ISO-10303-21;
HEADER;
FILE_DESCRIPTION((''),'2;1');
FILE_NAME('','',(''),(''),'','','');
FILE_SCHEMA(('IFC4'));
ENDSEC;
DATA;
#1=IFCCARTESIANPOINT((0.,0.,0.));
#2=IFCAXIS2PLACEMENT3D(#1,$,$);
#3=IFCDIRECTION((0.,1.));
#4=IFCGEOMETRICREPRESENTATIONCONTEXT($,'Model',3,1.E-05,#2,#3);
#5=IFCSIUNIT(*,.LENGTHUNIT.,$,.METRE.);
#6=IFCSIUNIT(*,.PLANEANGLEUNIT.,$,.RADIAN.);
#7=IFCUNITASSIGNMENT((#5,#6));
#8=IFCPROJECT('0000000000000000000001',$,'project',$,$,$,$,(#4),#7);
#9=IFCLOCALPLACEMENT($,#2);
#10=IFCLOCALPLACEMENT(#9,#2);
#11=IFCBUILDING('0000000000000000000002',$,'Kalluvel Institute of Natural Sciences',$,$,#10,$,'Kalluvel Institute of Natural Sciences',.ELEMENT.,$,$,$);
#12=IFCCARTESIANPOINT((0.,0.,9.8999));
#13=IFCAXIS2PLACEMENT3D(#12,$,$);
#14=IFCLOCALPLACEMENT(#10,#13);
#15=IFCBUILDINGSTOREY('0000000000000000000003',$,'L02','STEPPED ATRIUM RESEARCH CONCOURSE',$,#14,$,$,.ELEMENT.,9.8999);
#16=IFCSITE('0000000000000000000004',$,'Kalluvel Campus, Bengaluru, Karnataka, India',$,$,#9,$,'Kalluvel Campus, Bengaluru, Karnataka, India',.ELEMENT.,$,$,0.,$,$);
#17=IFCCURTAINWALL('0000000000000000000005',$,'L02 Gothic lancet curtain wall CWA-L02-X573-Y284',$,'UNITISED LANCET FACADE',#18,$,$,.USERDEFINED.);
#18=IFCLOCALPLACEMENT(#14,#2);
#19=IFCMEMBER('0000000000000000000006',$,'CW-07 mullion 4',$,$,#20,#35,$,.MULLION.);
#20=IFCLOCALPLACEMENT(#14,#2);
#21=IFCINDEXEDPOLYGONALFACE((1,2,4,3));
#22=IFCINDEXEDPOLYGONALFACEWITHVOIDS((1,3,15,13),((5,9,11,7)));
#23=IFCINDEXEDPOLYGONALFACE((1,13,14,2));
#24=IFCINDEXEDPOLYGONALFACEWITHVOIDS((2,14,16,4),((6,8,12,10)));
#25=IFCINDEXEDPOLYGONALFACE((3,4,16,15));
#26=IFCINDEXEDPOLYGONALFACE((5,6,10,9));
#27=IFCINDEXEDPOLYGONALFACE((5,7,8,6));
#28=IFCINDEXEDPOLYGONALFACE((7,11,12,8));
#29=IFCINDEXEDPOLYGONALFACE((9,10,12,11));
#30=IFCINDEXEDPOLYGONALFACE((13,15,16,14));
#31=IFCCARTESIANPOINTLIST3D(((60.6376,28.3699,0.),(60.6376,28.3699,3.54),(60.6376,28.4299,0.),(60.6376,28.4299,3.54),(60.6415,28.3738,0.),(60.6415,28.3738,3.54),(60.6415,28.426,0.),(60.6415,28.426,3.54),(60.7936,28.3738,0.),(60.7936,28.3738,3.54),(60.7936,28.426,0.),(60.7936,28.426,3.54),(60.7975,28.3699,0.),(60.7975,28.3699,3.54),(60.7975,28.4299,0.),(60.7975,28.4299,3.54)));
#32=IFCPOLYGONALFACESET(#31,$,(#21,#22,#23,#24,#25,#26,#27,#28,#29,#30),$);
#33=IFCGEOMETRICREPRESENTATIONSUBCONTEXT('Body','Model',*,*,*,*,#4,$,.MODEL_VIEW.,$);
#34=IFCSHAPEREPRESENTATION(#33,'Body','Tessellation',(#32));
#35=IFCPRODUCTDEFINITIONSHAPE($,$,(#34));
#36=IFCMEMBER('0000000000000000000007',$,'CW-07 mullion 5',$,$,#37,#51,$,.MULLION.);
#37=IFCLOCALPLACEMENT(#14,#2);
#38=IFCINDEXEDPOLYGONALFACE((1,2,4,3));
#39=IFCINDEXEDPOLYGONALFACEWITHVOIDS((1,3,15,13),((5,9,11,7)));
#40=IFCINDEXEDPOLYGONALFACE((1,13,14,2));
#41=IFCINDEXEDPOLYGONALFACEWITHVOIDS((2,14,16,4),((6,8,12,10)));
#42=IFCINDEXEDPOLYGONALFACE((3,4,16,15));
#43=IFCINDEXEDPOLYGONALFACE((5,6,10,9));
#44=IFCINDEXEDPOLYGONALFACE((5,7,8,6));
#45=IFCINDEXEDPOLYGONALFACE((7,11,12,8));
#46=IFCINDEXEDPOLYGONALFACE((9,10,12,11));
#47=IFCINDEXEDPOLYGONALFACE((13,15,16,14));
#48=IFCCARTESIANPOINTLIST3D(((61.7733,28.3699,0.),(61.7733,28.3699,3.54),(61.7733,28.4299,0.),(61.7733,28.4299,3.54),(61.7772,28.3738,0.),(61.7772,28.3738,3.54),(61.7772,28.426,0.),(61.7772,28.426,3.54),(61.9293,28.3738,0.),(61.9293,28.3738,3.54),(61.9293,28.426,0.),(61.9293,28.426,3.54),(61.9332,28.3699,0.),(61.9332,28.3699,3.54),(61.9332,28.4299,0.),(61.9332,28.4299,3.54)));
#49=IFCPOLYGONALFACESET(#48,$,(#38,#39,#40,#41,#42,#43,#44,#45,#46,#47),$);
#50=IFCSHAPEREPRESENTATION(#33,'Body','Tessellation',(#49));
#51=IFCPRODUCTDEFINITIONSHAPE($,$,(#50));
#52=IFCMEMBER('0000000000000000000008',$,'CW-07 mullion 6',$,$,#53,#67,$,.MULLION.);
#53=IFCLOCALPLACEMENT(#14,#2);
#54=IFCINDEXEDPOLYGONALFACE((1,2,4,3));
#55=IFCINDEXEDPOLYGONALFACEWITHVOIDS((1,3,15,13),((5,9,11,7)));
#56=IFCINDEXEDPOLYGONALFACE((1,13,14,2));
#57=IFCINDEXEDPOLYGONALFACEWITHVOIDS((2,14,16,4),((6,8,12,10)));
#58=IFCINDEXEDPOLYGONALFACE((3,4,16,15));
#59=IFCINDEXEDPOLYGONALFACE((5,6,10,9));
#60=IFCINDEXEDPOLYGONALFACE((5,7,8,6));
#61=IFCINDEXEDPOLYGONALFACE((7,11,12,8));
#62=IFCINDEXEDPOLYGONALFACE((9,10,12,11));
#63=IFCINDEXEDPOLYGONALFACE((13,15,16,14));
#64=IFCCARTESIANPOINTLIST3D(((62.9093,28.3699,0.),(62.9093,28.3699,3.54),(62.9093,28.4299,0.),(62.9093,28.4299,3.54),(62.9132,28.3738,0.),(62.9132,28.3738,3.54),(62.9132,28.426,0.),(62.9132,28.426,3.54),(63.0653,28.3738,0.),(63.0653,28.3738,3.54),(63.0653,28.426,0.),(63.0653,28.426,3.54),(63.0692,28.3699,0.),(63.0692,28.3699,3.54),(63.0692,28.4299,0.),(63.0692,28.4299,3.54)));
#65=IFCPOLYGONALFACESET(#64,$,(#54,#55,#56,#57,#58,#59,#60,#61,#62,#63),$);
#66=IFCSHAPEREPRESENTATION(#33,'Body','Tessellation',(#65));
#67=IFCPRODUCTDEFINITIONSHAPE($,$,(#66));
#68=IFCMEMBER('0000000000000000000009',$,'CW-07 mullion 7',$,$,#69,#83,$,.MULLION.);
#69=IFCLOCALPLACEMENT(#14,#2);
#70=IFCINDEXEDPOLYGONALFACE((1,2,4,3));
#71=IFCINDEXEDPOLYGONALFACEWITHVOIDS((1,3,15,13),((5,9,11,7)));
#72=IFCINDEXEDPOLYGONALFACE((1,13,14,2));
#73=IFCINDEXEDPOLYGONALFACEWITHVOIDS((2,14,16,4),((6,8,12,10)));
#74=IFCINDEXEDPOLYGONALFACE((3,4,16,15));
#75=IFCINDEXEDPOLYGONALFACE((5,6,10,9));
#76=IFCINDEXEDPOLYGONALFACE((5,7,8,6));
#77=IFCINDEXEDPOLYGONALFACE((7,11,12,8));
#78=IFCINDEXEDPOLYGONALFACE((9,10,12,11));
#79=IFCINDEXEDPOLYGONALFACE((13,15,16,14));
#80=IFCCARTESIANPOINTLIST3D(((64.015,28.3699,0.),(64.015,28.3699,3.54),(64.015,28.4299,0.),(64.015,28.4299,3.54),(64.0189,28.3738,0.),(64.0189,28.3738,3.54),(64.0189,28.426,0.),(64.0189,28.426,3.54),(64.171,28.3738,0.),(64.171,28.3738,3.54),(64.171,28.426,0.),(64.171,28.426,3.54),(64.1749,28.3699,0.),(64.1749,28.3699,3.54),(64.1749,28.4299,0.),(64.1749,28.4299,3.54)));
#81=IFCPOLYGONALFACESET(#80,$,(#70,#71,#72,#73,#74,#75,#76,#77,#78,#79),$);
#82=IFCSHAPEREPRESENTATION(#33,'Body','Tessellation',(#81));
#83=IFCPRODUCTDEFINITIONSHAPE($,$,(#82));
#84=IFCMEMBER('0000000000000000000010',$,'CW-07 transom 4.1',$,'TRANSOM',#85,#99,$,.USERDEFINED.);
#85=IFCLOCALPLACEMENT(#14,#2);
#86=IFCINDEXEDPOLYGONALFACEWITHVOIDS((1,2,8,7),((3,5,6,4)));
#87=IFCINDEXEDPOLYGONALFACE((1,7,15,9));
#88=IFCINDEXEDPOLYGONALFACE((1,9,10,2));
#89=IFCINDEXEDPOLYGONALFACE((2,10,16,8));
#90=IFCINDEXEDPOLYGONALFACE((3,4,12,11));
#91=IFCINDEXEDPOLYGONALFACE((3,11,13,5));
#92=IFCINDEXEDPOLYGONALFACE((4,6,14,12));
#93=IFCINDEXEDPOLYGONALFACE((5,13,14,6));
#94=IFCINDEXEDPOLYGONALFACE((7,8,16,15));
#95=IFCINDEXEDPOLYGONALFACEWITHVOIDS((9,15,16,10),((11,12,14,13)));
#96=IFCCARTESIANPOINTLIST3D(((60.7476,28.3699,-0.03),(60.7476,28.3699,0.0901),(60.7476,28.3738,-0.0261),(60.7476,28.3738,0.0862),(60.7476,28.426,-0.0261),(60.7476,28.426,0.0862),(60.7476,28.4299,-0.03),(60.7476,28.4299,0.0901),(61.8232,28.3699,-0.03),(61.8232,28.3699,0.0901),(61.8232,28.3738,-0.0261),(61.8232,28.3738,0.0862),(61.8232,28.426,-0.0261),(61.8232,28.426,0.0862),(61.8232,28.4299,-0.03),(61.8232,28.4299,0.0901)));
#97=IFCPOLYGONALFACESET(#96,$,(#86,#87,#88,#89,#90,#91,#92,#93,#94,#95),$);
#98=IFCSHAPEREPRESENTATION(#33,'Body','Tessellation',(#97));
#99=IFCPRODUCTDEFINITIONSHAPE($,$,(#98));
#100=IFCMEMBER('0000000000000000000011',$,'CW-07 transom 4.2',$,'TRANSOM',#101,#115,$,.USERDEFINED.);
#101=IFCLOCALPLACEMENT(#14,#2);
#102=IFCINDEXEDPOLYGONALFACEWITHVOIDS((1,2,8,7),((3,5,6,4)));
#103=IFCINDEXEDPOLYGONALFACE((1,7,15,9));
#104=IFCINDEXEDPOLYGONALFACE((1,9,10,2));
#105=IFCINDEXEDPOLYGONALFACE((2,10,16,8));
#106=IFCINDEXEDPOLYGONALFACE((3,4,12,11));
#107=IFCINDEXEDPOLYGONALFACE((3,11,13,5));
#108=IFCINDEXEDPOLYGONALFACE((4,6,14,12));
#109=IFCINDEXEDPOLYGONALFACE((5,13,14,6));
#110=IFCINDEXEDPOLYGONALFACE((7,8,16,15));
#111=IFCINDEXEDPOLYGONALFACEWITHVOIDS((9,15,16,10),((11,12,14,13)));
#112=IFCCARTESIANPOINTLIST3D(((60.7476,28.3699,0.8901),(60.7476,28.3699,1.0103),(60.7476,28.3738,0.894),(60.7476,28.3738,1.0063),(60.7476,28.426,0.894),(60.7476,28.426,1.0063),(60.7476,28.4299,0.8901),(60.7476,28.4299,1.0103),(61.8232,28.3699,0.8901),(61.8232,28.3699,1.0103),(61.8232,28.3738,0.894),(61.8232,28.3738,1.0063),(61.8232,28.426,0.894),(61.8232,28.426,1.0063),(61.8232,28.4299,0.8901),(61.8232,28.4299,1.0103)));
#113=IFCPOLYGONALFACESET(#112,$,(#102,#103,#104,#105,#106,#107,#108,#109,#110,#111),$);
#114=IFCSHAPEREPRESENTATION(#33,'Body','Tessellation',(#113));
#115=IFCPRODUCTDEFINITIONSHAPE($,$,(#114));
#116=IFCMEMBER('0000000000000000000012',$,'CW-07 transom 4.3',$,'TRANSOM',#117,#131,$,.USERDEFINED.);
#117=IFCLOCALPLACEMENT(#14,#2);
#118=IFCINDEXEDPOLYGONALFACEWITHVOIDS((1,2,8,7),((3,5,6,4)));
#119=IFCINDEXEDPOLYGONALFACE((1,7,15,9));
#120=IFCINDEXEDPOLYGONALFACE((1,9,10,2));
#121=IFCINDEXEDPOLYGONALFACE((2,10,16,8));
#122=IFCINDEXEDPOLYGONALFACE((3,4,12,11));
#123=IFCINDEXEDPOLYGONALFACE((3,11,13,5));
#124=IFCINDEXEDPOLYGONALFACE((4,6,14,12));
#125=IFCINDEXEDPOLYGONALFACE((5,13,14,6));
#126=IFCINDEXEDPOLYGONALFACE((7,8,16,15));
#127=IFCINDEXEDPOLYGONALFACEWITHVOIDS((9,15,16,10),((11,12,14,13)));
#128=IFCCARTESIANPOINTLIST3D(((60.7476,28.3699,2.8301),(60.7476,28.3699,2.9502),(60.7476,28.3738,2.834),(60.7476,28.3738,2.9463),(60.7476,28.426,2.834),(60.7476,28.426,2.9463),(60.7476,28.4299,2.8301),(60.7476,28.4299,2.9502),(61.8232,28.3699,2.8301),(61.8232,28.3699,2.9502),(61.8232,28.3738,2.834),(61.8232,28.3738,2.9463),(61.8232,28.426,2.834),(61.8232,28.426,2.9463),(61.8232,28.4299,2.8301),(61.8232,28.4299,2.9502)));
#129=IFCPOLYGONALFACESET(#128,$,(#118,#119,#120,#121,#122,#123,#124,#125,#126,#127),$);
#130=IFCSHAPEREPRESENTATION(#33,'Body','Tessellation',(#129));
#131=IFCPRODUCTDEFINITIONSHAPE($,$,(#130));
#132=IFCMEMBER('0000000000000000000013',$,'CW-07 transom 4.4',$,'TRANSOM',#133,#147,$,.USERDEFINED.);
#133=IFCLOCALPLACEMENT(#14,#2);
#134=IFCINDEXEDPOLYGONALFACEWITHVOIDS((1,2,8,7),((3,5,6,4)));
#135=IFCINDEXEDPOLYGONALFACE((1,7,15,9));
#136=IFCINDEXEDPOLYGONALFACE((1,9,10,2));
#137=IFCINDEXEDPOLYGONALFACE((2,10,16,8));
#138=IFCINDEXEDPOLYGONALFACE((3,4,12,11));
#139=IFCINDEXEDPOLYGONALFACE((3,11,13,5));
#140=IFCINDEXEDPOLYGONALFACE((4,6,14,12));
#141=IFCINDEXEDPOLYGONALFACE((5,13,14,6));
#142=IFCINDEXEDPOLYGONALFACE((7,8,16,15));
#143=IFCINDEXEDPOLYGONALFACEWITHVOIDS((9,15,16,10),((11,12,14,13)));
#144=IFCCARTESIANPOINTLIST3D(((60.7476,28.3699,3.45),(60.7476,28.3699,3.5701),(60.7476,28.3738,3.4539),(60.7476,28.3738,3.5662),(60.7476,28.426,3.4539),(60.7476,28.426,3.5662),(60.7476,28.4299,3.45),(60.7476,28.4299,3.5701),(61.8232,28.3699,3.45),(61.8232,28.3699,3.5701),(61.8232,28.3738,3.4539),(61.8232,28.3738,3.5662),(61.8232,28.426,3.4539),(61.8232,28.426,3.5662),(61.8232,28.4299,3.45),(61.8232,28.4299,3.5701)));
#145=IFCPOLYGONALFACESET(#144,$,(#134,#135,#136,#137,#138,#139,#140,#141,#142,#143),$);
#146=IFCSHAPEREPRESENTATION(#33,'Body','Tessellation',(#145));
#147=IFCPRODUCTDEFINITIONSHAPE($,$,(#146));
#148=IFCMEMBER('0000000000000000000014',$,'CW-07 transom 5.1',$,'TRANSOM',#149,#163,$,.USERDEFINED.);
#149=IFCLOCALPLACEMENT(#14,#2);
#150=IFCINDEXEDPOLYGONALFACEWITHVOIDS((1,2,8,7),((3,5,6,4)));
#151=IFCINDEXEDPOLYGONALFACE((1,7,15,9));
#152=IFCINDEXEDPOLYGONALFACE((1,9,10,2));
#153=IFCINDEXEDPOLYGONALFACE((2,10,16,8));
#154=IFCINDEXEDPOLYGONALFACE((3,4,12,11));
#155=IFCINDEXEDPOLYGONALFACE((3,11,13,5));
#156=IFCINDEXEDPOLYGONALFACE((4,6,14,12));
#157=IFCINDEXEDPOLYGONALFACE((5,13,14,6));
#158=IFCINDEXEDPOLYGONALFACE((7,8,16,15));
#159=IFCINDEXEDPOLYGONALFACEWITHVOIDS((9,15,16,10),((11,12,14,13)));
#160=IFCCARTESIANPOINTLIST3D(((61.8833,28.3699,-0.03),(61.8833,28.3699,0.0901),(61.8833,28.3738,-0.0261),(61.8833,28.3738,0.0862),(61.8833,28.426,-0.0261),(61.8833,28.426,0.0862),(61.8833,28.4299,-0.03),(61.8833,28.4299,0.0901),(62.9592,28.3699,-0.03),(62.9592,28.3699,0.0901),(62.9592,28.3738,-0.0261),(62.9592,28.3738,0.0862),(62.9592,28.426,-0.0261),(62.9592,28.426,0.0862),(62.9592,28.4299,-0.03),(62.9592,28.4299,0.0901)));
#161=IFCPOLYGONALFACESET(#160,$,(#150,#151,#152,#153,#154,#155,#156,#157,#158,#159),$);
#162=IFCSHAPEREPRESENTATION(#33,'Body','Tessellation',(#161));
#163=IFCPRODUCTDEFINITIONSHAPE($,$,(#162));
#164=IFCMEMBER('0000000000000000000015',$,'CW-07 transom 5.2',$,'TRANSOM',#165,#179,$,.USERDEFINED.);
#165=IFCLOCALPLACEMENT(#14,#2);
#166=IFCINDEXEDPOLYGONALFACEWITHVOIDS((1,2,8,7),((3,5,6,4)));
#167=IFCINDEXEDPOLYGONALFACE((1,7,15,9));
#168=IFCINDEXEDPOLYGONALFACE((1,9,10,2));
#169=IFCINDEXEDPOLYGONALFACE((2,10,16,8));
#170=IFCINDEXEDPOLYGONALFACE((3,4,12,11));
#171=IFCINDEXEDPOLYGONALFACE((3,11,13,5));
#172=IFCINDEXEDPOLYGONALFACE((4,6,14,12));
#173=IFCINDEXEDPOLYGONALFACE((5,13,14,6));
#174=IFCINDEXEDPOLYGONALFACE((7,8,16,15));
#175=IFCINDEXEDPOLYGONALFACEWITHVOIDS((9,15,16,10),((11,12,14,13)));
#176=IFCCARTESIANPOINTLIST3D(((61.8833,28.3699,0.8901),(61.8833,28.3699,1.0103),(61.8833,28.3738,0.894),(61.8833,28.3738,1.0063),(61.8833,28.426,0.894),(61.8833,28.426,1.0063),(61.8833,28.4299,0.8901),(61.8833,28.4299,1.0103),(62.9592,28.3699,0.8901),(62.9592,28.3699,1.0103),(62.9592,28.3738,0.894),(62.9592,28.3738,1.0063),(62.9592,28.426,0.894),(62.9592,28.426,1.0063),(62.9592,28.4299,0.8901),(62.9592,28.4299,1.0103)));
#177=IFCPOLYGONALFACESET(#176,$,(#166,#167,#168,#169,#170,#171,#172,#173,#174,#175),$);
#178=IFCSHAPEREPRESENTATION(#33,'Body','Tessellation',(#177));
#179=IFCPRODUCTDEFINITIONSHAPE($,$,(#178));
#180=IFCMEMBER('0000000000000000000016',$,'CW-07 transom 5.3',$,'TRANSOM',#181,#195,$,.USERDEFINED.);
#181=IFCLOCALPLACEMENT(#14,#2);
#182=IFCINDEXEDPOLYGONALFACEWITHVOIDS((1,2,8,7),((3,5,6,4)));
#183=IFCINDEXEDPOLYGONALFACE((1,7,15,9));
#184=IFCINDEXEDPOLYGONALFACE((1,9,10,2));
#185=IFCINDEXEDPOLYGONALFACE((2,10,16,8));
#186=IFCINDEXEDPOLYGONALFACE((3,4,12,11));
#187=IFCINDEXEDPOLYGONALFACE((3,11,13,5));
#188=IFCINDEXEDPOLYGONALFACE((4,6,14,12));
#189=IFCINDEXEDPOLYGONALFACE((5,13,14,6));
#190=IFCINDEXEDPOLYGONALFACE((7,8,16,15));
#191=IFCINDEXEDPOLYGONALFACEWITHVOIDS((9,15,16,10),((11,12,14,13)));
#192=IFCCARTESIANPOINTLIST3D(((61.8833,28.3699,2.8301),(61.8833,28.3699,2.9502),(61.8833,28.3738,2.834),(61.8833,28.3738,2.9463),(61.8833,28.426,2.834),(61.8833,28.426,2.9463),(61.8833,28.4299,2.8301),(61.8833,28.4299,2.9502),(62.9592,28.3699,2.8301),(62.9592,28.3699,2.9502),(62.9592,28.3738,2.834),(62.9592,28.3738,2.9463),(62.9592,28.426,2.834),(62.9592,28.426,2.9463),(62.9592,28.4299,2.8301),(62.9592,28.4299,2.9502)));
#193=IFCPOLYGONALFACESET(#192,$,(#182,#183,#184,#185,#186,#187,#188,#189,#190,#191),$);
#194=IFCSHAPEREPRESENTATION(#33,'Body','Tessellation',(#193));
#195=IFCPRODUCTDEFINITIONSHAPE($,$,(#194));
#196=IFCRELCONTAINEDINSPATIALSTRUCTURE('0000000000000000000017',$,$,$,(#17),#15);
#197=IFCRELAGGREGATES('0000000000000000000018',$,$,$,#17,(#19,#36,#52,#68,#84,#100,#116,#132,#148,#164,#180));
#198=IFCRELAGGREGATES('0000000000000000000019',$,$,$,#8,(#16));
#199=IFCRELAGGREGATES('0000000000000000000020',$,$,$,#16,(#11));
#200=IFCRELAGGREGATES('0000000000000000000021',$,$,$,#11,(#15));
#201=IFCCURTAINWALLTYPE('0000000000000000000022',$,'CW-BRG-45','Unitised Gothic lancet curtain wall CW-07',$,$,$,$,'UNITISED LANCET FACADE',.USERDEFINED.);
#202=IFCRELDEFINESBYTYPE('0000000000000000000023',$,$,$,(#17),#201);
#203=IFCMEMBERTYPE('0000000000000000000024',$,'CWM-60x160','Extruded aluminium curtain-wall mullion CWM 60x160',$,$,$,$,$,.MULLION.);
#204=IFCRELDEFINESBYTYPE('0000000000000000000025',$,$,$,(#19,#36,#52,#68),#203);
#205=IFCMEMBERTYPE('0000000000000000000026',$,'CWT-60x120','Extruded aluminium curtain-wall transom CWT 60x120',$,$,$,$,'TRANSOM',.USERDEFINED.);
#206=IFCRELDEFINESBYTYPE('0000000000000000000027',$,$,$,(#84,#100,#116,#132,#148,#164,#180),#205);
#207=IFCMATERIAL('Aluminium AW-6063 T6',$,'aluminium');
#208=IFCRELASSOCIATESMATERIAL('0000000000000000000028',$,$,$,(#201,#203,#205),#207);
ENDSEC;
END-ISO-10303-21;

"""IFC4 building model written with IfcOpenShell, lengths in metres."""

from ifc_helpers import new_model, si_unit, direction, frame, origin, origin_2d, place, context, subcontext, project, spatial, hollow_rectangle, extrude, material, material_profile, profile_set, type_object, element, aggregate, save


model = new_model("IFC4")

# Units and contexts
model_context = context("Model", 3, precision=1e-05, world=origin(), true_north=direction((0.0, 1.0)))
body_context = subcontext(model_context, "Body", "Model", "MODEL_VIEW")
ifc_project = project(units=[si_unit("LENGTHUNIT", "METRE"), si_unit("PLANEANGLEUNIT", "RADIAN")], contexts=[model_context])

# Site, building, storey
site_placement = place(None, origin())
site = spatial("IfcSite", under=ifc_project, at=site_placement, Name="Kalluvel Campus, Bengaluru, Karnataka, India", LongName="Kalluvel Campus, Bengaluru, Karnataka, India", CompositionType="ELEMENT", RefElevation=0.0)
building_placement = place(site_placement, origin())
building = spatial("IfcBuilding", under=site, at=building_placement, Name="Kalluvel Institute of Natural Sciences", LongName="Kalluvel Institute of Natural Sciences", CompositionType="ELEMENT")
storey_placement = place(building_placement, frame((0.0, 0.0, 9.8999)))
storey = spatial("IfcBuildingStorey", under=building, at=storey_placement, Name="L02", Description="STEPPED ATRIUM RESEARCH CONCOURSE", CompositionType="ELEMENT", Elevation=9.8999)

# Curtain wall, members
ifc_material_1 = material(Name="Aluminium AW-6063 T6", Category="aluminium")
curtain_wall_type = type_object("IfcCurtainWallType", Name="CW-BRG-45", Description="Unitised Gothic lancet curtain wall CW-07", ElementType="UNITISED LANCET FACADE", PredefinedType="USERDEFINED", material=ifc_material_1)
curtain_wall_placement = place(storey_placement, origin())
curtain_wall = element("IfcCurtainWall", 1, at=curtain_wall_placement, inside=storey, type_object=curtain_wall_type, Name="L02 Gothic lancet curtain wall CWA-L02-X573-Y284", ObjectType="UNITISED LANCET FACADE", PredefinedType="USERDEFINED")
ifc_material_profile_1 = material_profile(ifc_material_1, hollow_rectangle(XDim=0.0601, YDim=0.1599, WallThickness=0.0039, at=origin_2d()), Name="CWM 60x160")
ifc_profile_set_1 = profile_set([ifc_material_profile_1], Name="Aluminium AW-6063 T6")
member_type_1 = type_object("IfcMemberType", Name="CWM-60x160", Description="Extruded aluminium curtain-wall mullion CWM 60x160", PredefinedType="MULLION", material=ifc_profile_set_1)
member_1_placement = place(storey_placement, frame((60.7175, 28.3999, 0.0), z_axis=(0.0, 0.0, 1.0), x_axis=(0.0, 1.0, 0.0)))
member_1 = element("IfcMember", 2, at=member_1_placement, type_object=member_type_1, Name="CW-07 mullion 4", PredefinedType="MULLION", context=body_context, shape_type="SweptSolid", body=[
    extrude(hollow_rectangle(XDim=0.0601, YDim=0.1599, WallThickness=0.0039, at=origin_2d()), origin(), (0.0, 0.0, 1.0), 3.54),
])
member_2_placement = place(storey_placement, frame((61.8533, 28.3999, 0.0), z_axis=(0.0, 0.0, 1.0), x_axis=(0.0, 1.0, 0.0)))
member_2 = element("IfcMember", 3, at=member_2_placement, type_object=member_type_1, Name="CW-07 mullion 5", PredefinedType="MULLION", context=body_context, shape_type="SweptSolid", body=[
    extrude(hollow_rectangle(XDim=0.0601, YDim=0.1599, WallThickness=0.0039, at=origin_2d()), origin(), (0.0, 0.0, 1.0), 3.54),
])
member_3_placement = place(storey_placement, frame((62.9893, 28.3999, 0.0), z_axis=(0.0, 0.0, 1.0), x_axis=(0.0, 1.0, 0.0)))
member_3 = element("IfcMember", 4, at=member_3_placement, type_object=member_type_1, Name="CW-07 mullion 6", PredefinedType="MULLION", context=body_context, shape_type="SweptSolid", body=[
    extrude(hollow_rectangle(XDim=0.0601, YDim=0.1599, WallThickness=0.0039, at=origin_2d()), origin(), (0.0, 0.0, 1.0), 3.54),
])
member_4_placement = place(storey_placement, frame((64.095, 28.3999, 0.0), z_axis=(0.0, 0.0, 1.0), x_axis=(0.0, 1.0, 0.0)))
member_4 = element("IfcMember", 5, at=member_4_placement, type_object=member_type_1, Name="CW-07 mullion 7", PredefinedType="MULLION", context=body_context, shape_type="SweptSolid", body=[
    extrude(hollow_rectangle(XDim=0.0601, YDim=0.1599, WallThickness=0.0039, at=origin_2d()), origin(), (0.0, 0.0, 1.0), 3.54),
])
ifc_material_profile_2 = material_profile(ifc_material_1, hollow_rectangle(XDim=0.0601, YDim=0.1201, WallThickness=0.0039, at=origin_2d()), Name="CWT 60x120")
ifc_profile_set_2 = profile_set([ifc_material_profile_2], Name="Aluminium AW-6063 T6")
member_type_2 = type_object("IfcMemberType", Name="CWT-60x120", Description="Extruded aluminium curtain-wall transom CWT 60x120", ElementType="TRANSOM", PredefinedType="USERDEFINED", material=ifc_profile_set_2)
member_5_placement = place(storey_placement, frame((60.7476, 28.3999, 0.03), z_axis=(1.0, 0.0, 0.0), x_axis=(0.0, 1.0, 0.0)))
member_5 = element("IfcMember", 6, at=member_5_placement, type_object=member_type_2, Name="CW-07 transom 4.1", ObjectType="TRANSOM", PredefinedType="USERDEFINED", context=body_context, shape_type="SweptSolid", body=[
    extrude(hollow_rectangle(XDim=0.0601, YDim=0.1201, WallThickness=0.0039, at=origin_2d()), origin(), (0.0, 0.0, 1.0), 1.0757),
])
member_6_placement = place(storey_placement, frame((60.7476, 28.3999, 0.9502), z_axis=(1.0, 0.0, 0.0), x_axis=(0.0, 1.0, 0.0)))
member_6 = element("IfcMember", 7, at=member_6_placement, type_object=member_type_2, Name="CW-07 transom 4.2", ObjectType="TRANSOM", PredefinedType="USERDEFINED", context=body_context, shape_type="SweptSolid", body=[
    extrude(hollow_rectangle(XDim=0.0601, YDim=0.1201, WallThickness=0.0039, at=origin_2d()), origin(), (0.0, 0.0, 1.0), 1.0757),
])
member_7_placement = place(storey_placement, frame((60.7476, 28.3999, 2.8901), z_axis=(1.0, 0.0, 0.0), x_axis=(0.0, 1.0, 0.0)))
member_7 = element("IfcMember", 8, at=member_7_placement, type_object=member_type_2, Name="CW-07 transom 4.3", ObjectType="TRANSOM", PredefinedType="USERDEFINED", context=body_context, shape_type="SweptSolid", body=[
    extrude(hollow_rectangle(XDim=0.0601, YDim=0.1201, WallThickness=0.0039, at=origin_2d()), origin(), (0.0, 0.0, 1.0), 1.0757),
])
member_8_placement = place(storey_placement, frame((60.7476, 28.3999, 3.51), z_axis=(1.0, 0.0, 0.0), x_axis=(0.0, 1.0, 0.0)))
member_8 = element("IfcMember", 9, at=member_8_placement, type_object=member_type_2, Name="CW-07 transom 4.4", ObjectType="TRANSOM", PredefinedType="USERDEFINED", context=body_context, shape_type="SweptSolid", body=[
    extrude(hollow_rectangle(XDim=0.0601, YDim=0.1201, WallThickness=0.0039, at=origin_2d()), origin(), (0.0, 0.0, 1.0), 1.0757),
])
member_9_placement = place(storey_placement, frame((61.8833, 28.3999, 0.03), z_axis=(1.0, 0.0, 0.0), x_axis=(0.0, 1.0, 0.0)))
member_9 = element("IfcMember", 10, at=member_9_placement, type_object=member_type_2, Name="CW-07 transom 5.1", ObjectType="TRANSOM", PredefinedType="USERDEFINED", context=body_context, shape_type="SweptSolid", body=[
    extrude(hollow_rectangle(XDim=0.0601, YDim=0.1201, WallThickness=0.0039, at=origin_2d()), origin(), (0.0, 0.0, 1.0), 1.0759),
])
member_10_placement = place(storey_placement, frame((61.8833, 28.3999, 0.9502), z_axis=(1.0, 0.0, 0.0), x_axis=(0.0, 1.0, 0.0)))
member_10 = element("IfcMember", 11, at=member_10_placement, type_object=member_type_2, Name="CW-07 transom 5.2", ObjectType="TRANSOM", PredefinedType="USERDEFINED", context=body_context, shape_type="SweptSolid", body=[
    extrude(hollow_rectangle(XDim=0.0601, YDim=0.1201, WallThickness=0.0039, at=origin_2d()), origin(), (0.0, 0.0, 1.0), 1.0759),
])
member_11_placement = place(storey_placement, frame((61.8833, 28.3999, 2.8901), z_axis=(1.0, 0.0, 0.0), x_axis=(0.0, 1.0, 0.0)))
member_11 = element("IfcMember", 12, at=member_11_placement, type_object=member_type_2, Name="CW-07 transom 5.3", ObjectType="TRANSOM", PredefinedType="USERDEFINED", context=body_context, shape_type="SweptSolid", body=[
    extrude(hollow_rectangle(XDim=0.0601, YDim=0.1201, WallThickness=0.0039, at=origin_2d()), origin(), (0.0, 0.0, 1.0), 1.0759),
])
aggregate(curtain_wall, [member_1, member_2, member_3, member_4, member_5, member_6, member_7, member_8, member_9, member_10, member_11])

save(model, "model.ifc")
